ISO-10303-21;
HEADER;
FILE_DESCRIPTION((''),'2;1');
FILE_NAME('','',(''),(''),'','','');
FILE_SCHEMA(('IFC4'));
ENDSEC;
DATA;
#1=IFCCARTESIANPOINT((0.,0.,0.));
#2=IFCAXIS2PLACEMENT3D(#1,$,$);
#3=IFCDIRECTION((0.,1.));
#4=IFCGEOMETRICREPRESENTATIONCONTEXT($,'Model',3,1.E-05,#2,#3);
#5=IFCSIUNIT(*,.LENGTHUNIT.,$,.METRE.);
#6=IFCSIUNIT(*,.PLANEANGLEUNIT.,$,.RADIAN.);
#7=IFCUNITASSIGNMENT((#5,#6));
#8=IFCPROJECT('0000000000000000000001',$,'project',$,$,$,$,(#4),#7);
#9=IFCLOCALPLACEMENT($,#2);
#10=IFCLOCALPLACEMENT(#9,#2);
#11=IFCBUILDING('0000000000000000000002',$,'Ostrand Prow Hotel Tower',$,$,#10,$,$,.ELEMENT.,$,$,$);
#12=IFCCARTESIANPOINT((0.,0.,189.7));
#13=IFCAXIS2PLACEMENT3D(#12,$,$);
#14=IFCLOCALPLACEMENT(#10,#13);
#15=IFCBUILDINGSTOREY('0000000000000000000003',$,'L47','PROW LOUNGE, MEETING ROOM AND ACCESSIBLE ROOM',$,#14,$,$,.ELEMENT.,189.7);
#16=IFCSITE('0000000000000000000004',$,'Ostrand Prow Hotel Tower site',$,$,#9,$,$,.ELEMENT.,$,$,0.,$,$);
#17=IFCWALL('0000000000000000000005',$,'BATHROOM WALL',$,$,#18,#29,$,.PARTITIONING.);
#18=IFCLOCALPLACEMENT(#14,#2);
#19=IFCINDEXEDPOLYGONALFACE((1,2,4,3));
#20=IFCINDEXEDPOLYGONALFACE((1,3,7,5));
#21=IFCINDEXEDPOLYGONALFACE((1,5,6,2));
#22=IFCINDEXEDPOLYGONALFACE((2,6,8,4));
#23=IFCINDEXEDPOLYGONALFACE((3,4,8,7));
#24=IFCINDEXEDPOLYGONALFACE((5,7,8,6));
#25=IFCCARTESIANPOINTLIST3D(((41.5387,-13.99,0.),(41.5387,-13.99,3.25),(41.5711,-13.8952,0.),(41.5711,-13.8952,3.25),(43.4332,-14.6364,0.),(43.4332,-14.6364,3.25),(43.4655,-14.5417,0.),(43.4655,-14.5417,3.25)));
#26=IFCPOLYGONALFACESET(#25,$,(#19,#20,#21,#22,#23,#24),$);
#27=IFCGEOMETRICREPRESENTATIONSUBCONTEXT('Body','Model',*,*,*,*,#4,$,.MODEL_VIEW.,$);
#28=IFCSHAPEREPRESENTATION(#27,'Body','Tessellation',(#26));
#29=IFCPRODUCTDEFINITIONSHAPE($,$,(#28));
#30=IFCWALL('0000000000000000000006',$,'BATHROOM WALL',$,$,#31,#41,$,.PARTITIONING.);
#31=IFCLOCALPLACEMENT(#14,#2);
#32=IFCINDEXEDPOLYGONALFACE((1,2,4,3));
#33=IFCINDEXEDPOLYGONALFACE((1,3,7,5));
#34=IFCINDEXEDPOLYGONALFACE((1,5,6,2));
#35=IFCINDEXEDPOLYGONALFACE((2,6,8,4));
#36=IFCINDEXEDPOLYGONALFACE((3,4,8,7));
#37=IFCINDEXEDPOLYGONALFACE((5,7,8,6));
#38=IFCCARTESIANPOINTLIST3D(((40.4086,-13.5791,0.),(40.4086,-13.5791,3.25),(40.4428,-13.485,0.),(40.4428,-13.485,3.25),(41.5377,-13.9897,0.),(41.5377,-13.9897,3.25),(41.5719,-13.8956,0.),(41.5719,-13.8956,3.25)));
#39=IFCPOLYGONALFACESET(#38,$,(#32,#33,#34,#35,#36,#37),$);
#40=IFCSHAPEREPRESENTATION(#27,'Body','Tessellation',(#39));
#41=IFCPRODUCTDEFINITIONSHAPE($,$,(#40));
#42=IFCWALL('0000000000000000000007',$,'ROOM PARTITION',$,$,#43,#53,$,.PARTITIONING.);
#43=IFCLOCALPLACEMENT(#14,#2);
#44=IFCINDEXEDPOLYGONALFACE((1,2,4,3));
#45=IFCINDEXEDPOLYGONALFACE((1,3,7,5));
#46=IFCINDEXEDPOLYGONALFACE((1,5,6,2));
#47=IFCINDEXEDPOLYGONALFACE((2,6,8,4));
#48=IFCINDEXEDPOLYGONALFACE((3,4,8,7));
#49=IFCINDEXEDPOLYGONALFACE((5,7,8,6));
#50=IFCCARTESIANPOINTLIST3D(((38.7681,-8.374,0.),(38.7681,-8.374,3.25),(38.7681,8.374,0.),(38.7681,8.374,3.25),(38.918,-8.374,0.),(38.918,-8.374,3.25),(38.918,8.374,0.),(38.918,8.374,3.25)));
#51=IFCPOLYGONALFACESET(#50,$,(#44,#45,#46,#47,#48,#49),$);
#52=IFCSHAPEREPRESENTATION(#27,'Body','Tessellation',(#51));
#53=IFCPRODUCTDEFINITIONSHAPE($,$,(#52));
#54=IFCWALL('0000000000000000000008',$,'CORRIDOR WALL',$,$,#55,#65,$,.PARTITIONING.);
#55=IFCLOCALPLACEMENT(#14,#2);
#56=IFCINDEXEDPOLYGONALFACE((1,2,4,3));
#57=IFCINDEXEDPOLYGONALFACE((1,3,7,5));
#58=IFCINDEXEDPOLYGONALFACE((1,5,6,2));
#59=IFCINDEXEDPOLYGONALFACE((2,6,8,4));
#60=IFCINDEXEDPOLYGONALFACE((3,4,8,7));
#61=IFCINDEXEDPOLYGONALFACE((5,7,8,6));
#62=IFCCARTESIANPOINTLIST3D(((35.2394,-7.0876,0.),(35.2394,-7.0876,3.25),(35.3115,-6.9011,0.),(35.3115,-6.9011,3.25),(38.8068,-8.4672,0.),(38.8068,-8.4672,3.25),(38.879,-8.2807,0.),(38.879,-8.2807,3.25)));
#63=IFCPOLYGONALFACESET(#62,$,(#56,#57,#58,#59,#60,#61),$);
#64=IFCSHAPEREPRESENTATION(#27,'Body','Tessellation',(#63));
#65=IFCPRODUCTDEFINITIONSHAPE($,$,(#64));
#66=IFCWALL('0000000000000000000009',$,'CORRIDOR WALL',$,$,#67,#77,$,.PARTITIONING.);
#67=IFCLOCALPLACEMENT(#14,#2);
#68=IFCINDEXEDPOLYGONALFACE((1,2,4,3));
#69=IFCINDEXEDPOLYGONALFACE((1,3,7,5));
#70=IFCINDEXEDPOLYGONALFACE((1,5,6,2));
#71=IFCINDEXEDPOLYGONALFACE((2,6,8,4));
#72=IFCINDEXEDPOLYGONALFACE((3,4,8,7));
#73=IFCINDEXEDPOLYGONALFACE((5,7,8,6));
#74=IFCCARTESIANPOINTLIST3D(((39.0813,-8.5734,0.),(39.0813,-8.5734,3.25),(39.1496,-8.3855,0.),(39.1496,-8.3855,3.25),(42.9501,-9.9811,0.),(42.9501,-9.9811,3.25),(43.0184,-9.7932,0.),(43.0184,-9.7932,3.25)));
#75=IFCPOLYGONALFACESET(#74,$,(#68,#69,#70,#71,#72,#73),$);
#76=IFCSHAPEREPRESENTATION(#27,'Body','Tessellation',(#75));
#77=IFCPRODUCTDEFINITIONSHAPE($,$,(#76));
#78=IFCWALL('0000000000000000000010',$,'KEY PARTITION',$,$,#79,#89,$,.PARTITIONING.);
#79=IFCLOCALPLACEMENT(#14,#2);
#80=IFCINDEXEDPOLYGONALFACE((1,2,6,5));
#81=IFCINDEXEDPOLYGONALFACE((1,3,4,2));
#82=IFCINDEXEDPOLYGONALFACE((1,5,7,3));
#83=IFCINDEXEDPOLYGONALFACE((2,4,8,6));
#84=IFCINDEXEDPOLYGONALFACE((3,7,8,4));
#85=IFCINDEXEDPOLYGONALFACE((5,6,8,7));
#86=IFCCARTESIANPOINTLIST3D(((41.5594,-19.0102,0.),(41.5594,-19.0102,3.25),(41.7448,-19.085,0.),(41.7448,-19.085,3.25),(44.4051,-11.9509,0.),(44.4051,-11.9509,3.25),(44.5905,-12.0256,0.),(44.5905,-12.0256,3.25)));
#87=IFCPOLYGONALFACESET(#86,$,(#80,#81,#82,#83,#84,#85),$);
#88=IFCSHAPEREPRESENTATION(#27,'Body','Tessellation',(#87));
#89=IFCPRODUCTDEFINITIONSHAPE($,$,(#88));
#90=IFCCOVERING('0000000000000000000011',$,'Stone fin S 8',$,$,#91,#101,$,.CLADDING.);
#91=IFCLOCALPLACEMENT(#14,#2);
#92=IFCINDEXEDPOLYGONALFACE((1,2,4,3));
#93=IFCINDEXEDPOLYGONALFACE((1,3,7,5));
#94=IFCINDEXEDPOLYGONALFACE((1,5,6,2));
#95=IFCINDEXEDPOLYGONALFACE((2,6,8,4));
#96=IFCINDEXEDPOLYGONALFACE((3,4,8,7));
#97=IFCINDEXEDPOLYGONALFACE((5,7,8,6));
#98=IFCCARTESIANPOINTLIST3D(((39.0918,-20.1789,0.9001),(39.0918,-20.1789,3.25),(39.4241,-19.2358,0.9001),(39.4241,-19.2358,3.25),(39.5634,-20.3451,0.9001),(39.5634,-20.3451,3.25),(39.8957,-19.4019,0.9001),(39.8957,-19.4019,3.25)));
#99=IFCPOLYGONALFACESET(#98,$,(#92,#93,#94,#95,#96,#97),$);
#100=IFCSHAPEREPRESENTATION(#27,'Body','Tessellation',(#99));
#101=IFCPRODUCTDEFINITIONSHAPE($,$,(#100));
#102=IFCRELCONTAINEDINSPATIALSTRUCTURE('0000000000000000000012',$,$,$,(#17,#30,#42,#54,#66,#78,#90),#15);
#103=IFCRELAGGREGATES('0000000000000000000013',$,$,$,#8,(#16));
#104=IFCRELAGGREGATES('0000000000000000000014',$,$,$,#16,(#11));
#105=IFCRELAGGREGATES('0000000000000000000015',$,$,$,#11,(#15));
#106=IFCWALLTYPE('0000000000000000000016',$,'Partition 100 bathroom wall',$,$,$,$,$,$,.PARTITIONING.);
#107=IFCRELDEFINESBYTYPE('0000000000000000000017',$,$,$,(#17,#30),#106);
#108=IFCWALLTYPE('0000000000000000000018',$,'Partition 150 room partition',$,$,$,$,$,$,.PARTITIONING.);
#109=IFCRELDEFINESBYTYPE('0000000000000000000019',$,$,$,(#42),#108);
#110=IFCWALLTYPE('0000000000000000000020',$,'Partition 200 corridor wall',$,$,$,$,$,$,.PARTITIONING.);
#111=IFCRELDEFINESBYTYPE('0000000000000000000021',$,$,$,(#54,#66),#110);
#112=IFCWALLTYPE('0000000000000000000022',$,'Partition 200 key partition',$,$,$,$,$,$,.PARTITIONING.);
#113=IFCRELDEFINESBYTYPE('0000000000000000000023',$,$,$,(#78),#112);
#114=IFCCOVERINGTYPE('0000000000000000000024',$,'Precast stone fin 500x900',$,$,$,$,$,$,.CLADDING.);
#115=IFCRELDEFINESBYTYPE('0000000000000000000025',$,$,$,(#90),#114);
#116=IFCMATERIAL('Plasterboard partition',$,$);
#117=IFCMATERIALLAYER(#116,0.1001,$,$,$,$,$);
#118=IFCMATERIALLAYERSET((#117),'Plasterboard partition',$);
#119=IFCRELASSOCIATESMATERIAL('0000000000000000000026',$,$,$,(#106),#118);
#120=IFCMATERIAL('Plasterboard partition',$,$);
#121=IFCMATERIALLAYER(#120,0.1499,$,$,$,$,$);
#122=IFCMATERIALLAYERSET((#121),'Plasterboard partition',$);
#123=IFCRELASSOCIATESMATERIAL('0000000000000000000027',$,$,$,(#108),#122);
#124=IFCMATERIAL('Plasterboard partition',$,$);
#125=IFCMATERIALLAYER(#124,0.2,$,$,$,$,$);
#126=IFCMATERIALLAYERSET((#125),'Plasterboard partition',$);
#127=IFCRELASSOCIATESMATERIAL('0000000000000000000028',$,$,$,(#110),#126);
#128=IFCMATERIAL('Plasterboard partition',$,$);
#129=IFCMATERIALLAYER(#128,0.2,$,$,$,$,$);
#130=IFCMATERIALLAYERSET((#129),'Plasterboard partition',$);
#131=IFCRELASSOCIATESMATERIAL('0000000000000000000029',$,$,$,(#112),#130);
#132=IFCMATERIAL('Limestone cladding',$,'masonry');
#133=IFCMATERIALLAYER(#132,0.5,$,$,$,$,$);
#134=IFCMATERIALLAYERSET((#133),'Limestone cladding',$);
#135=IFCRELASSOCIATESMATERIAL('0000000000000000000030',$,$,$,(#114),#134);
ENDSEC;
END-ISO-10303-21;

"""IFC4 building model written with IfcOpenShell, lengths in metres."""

from ifc_helpers import new_model, si_unit, direction, frame, frame_2d, origin, place, context, subcontext, project, spatial, rectangle, extrude, material, layer, layer_set, type_object, element, save


model = new_model("IFC4")

# Units and contexts
model_context = context("Model", 3, precision=1e-05, world=origin(), true_north=direction((0.0, 1.0)))
body_context = subcontext(model_context, "Body", "Model", "MODEL_VIEW")
ifc_project = project(units=[si_unit("LENGTHUNIT", "METRE"), si_unit("PLANEANGLEUNIT", "RADIAN")], contexts=[model_context])

# Site, building, storey
site_placement = place(None, origin())
site = spatial("IfcSite", under=ifc_project, at=site_placement, Name="Ostrand Prow Hotel Tower site", CompositionType="ELEMENT", RefElevation=0.0)
building_placement = place(site_placement, origin())
building = spatial("IfcBuilding", under=site, at=building_placement, Name="Ostrand Prow Hotel Tower", CompositionType="ELEMENT")
storey_placement = place(building_placement, frame((0.0, 0.0, 189.7)))
storey = spatial("IfcBuildingStorey", under=building, at=storey_placement, Name="L47", Description="PROW LOUNGE, MEETING ROOM AND ACCESSIBLE ROOM", CompositionType="ELEMENT", Elevation=189.7)

# Shared definitions
ifc_material_1 = material(Name="Plasterboard partition")
ifc_layer_1 = layer(ifc_material_1, 0.1001)
ifc_layer_set_1 = layer_set([ifc_layer_1], Name="Plasterboard partition")
wall_type_1 = type_object("IfcWallType", Name="Partition 100 bathroom wall", PredefinedType="PARTITIONING", material=ifc_layer_set_1)

# Walls
wall_1_placement = place(storey_placement, frame((43.4495, -14.5891, 0.0), z_axis=(0.0, 0.0, 1.0), x_axis=(-0.946415, 0.322952, 0.0)))
element("IfcWall", 1, at=wall_1_placement, inside=storey, type_object=wall_type_1, Name="BATHROOM WALL", PredefinedType="PARTITIONING", context=body_context, shape_type="SweptSolid", body=[
    extrude(rectangle(XDim=2.0017, YDim=0.1001, at=frame_2d((1.001, 0.0))), origin(), (0.0, 0.0, 1.0), 3.25),
])
wall_2_placement = place(storey_placement, frame((41.5547, -13.9426, 0.0), z_axis=(0.0, 0.0, 1.0), x_axis=(-0.939782, 0.341776, 0.0)))
element("IfcWall", 2, at=wall_2_placement, inside=storey, type_object=wall_type_1, Name="BATHROOM WALL", PredefinedType="PARTITIONING", context=body_context, shape_type="SweptSolid", body=[
    extrude(rectangle(XDim=1.2014, YDim=0.1001, at=frame_2d((0.6006, 0.0))), origin(), (0.0, 0.0, 1.0), 3.25),
])
ifc_material_2 = material(Name="Plasterboard partition")
ifc_layer_2 = layer(ifc_material_2, 0.1499)
ifc_layer_set_2 = layer_set([ifc_layer_2], Name="Plasterboard partition")
wall_type_2 = type_object("IfcWallType", Name="Partition 150 room partition", PredefinedType="PARTITIONING", material=ifc_layer_set_2)
wall_3_placement = place(storey_placement, frame((38.843, -8.374, 0.0), z_axis=(0.0, 0.0, 1.0), x_axis=(0.0, 1.0, 0.0)))
element("IfcWall", 3, at=wall_3_placement, inside=storey, type_object=wall_type_2, Name="ROOM PARTITION", PredefinedType="PARTITIONING", context=body_context, shape_type="SweptSolid", body=[
    extrude(rectangle(XDim=16.748, YDim=0.1499, at=frame_2d((8.374, 0.0))), origin(), (0.0, 0.0, 1.0), 3.25),
])
ifc_material_3 = material(Name="Plasterboard partition")
ifc_layer_3 = layer(ifc_material_3, 0.2)
ifc_layer_set_3 = layer_set([ifc_layer_3], Name="Plasterboard partition")
wall_type_3 = type_object("IfcWallType", Name="Partition 200 corridor wall", PredefinedType="PARTITIONING", material=ifc_layer_set_3)
wall_4_placement = place(storey_placement, frame((38.843, -8.374, 0.0), z_axis=(0.0, 0.0, 1.0), x_axis=(-0.932681, 0.360702, 0.0)))
element("IfcWall", 4, at=wall_4_placement, inside=storey, type_object=wall_type_3, Name="CORRIDOR WALL", PredefinedType="PARTITIONING", context=body_context, shape_type="SweptSolid", body=[
    extrude(rectangle(XDim=3.825, YDim=0.2, at=frame_2d((1.9126, 0.0))), origin(), (0.0, 0.0, 1.0), 3.25),
])
wall_5_placement = place(storey_placement, frame((42.9844, -9.8872, 0.0), z_axis=(0.0, 0.0, 1.0), x_axis=(-0.939728, 0.341924, 0.0)))
element("IfcWall", 5, at=wall_5_placement, inside=storey, type_object=wall_type_3, Name="CORRIDOR WALL", PredefinedType="PARTITIONING", context=body_context, shape_type="SweptSolid", body=[
    extrude(rectangle(XDim=4.1169, YDim=0.2, at=frame_2d((2.0586, 0.0))), origin(), (0.0, 0.0, 1.0), 3.25),
])
ifc_material_4 = material(Name="Plasterboard partition")
ifc_layer_4 = layer(ifc_material_4, 0.2)
ifc_layer_set_4 = layer_set([ifc_layer_4], Name="Plasterboard partition")
wall_type_4 = type_object("IfcWallType", Name="Partition 200 key partition", PredefinedType="PARTITIONING", material=ifc_layer_set_4)
wall_6_placement = place(storey_placement, frame((41.6521, -19.0476, 0.0), z_axis=(0.0, 0.0, 1.0), x_axis=(0.373878, 0.927478, 0.0)))
element("IfcWall", 6, at=wall_6_placement, inside=storey, type_object=wall_type_4, Name="KEY PARTITION", PredefinedType="PARTITIONING", context=body_context, shape_type="SweptSolid", body=[
    extrude(rectangle(XDim=7.6113, YDim=0.2, at=frame_2d((3.8057, 0.0))), origin(), (0.0, 0.0, 1.0), 3.25),
])

# Covering
ifc_material_5 = material(Name="Limestone cladding", Category="masonry")
ifc_layer_5 = layer(ifc_material_5, 0.5)
ifc_layer_set_5 = layer_set([ifc_layer_5], Name="Limestone cladding")
covering_type = type_object("IfcCoveringType", Name="Precast stone fin 500x900", PredefinedType="CLADDING", material=ifc_layer_set_5)
covering_placement = place(storey_placement, frame((39.6599, -19.3188, 0.9001), z_axis=(0.0, 0.0, 1.0), x_axis=(-0.332296, -0.943175, 0.0)))
element("IfcCovering", 7, at=covering_placement, inside=storey, type_object=covering_type, Name="Stone fin S 8", PredefinedType="CLADDING", context=body_context, shape_type="SweptSolid", body=[
    extrude(rectangle(XDim=1.0, YDim=0.5, at=frame_2d((0.5, 0.0))), origin(), (0.0, 0.0, 1.0), 2.3499),
])

save(model, "model.ifc")
